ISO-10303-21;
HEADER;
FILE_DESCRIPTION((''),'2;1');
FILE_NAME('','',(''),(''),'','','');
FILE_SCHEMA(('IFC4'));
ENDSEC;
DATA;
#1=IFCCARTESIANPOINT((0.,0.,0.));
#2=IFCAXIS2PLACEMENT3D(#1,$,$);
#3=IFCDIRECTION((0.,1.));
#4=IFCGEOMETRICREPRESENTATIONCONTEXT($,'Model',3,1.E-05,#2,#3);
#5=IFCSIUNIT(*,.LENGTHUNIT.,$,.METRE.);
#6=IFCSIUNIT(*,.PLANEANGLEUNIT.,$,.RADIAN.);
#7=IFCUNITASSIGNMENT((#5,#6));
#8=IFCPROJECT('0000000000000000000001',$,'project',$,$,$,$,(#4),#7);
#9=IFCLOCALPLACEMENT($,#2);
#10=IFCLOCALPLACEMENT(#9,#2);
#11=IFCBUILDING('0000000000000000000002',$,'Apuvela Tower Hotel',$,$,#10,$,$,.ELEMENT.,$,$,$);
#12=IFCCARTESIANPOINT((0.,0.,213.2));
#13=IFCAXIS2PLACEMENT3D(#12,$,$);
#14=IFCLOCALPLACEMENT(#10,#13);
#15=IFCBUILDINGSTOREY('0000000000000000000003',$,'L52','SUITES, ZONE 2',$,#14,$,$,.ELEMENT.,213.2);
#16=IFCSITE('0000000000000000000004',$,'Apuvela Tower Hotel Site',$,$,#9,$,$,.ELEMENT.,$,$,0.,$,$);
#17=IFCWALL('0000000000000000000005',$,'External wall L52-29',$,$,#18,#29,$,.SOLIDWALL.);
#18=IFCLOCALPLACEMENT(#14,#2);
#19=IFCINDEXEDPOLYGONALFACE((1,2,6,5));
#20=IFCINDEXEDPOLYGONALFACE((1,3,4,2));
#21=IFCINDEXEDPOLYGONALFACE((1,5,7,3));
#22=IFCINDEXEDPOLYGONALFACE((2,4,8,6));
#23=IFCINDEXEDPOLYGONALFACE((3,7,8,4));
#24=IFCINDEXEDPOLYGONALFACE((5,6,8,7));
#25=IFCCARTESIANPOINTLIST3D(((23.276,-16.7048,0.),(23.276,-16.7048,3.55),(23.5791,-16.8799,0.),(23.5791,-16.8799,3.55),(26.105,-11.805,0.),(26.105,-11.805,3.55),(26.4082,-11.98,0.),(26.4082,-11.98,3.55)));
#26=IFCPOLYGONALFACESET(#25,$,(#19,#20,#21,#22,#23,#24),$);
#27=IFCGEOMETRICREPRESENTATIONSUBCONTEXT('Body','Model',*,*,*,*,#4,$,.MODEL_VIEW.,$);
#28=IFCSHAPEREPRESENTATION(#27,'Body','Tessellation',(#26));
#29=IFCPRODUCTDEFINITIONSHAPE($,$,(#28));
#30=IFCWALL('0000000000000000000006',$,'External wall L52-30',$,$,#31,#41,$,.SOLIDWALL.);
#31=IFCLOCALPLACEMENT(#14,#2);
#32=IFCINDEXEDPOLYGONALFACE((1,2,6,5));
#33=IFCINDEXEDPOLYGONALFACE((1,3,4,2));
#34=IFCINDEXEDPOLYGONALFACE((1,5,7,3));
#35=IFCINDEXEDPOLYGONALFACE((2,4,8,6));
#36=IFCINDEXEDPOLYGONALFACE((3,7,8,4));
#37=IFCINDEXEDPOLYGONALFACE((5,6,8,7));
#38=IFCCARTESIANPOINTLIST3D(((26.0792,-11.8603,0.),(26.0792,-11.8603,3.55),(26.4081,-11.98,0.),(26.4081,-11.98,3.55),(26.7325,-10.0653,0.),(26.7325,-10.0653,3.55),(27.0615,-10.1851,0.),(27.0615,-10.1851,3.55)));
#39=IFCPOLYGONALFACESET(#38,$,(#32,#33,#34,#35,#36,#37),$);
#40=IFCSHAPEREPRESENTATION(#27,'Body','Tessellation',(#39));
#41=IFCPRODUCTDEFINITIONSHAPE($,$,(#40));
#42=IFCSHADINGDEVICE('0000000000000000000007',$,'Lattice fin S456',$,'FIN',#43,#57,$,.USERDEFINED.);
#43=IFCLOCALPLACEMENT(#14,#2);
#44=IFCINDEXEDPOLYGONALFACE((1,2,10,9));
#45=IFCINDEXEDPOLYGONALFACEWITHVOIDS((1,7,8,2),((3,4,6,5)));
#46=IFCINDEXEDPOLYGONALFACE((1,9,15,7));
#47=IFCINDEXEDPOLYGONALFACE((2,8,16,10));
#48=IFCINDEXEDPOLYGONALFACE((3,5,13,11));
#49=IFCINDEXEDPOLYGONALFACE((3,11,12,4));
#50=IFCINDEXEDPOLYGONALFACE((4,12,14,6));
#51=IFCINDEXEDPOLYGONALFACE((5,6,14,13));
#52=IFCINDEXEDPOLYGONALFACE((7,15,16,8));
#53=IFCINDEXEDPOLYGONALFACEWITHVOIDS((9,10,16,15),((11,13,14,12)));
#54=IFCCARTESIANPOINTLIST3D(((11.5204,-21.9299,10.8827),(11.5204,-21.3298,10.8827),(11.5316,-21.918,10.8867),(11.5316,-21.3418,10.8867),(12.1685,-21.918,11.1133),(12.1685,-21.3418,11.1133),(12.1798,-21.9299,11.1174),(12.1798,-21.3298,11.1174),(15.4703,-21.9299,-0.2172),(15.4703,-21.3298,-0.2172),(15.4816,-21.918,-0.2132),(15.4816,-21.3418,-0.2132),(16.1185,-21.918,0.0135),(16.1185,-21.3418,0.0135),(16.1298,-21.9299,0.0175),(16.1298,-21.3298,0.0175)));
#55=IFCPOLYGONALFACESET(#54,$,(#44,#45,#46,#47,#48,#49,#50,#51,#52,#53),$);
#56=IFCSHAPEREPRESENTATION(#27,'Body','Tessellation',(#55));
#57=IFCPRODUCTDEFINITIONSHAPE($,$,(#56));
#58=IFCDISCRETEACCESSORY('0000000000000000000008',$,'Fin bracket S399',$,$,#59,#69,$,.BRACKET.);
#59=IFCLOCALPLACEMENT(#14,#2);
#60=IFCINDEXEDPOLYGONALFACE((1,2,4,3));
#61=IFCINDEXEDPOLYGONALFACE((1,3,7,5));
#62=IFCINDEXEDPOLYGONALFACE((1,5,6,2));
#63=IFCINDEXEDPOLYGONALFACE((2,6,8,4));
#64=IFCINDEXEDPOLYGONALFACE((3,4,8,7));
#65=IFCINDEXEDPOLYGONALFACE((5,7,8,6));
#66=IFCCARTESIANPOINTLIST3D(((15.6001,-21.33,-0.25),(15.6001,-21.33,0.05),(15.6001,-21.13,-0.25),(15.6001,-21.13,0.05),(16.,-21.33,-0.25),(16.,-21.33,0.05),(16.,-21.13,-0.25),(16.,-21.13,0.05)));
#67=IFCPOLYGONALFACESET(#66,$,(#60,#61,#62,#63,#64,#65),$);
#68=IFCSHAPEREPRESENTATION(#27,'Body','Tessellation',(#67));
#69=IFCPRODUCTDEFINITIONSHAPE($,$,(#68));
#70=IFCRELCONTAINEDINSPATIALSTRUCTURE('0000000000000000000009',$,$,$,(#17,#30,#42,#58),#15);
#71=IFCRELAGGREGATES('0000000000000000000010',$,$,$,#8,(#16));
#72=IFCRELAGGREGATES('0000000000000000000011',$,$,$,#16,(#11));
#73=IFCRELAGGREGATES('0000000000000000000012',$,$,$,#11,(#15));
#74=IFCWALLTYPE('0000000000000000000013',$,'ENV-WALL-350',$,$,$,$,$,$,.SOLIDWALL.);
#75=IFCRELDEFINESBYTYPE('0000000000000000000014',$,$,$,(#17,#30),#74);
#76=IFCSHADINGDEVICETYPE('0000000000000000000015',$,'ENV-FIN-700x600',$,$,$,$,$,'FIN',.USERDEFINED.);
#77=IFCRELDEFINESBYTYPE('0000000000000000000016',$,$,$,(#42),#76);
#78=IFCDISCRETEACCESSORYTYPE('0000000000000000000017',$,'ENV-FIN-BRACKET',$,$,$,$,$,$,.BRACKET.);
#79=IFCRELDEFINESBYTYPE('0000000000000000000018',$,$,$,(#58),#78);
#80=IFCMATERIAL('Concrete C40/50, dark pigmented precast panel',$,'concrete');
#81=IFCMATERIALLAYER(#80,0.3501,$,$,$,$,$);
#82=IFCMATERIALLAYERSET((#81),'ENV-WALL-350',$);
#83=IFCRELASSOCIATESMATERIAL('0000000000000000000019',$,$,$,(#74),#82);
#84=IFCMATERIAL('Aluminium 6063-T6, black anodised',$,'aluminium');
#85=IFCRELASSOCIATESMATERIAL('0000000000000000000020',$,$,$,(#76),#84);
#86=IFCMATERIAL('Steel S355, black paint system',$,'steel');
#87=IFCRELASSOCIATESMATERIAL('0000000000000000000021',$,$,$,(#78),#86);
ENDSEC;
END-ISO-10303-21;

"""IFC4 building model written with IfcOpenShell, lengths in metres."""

from ifc_helpers import new_model, si_unit, direction, frame, frame_2d, origin, origin_2d, place, context, subcontext, project, spatial, rectangle, hollow_rectangle, extrude, material, layer, layer_set, material_profile, profile_set, type_object, element, save


model = new_model("IFC4")

# Units and contexts
model_context = context("Model", 3, precision=1e-05, world=origin(), true_north=direction((0.0, 1.0)))
body_context = subcontext(model_context, "Body", "Model", "MODEL_VIEW")
ifc_project = project(units=[si_unit("LENGTHUNIT", "METRE"), si_unit("PLANEANGLEUNIT", "RADIAN")], contexts=[model_context])

# Site, building, storey
site_placement = place(None, origin())
site = spatial("IfcSite", under=ifc_project, at=site_placement, Name="Apuvela Tower Hotel Site", CompositionType="ELEMENT", RefElevation=0.0)
building_placement = place(site_placement, origin())
building = spatial("IfcBuilding", under=site, at=building_placement, Name="Apuvela Tower Hotel", CompositionType="ELEMENT")
storey_placement = place(building_placement, frame((0.0, 0.0, 213.2)))
storey = spatial("IfcBuildingStorey", under=building, at=storey_placement, Name="L52", Description="SUITES, ZONE 2", CompositionType="ELEMENT", Elevation=213.2)

# Shared definitions
ifc_material_1 = material(Name="Concrete C40/50, dark pigmented precast panel", Category="concrete")
ifc_layer_1 = layer(ifc_material_1, 0.3501)
ifc_layer_set_1 = layer_set([ifc_layer_1], Name="ENV-WALL-350")
wall_type_1 = type_object("IfcWallType", Name="ENV-WALL-350", PredefinedType="SOLIDWALL", material=ifc_layer_set_1)

# Walls
wall_1_placement = place(storey_placement, frame((23.4275, -16.7925, 0.0), z_axis=(0.0, 0.0, 1.0), x_axis=(0.500019, 0.866015, 0.0)))
element("IfcWall", 1, at=wall_1_placement, inside=storey, type_object=wall_type_1, Name="External wall L52-29", PredefinedType="SOLIDWALL", context=body_context, shape_type="SweptSolid", body=[
    extrude(rectangle(XDim=5.658, YDim=0.3501, at=frame_2d((2.8291, 0.0))), origin(), (0.0, 0.0, 1.0), 3.55),
])
wall_2_placement = place(storey_placement, frame((26.2437, -11.9202, 0.0), z_axis=(0.0, 0.0, 1.0), x_axis=(0.34203, 0.939689, 0.0)))
element("IfcWall", 2, at=wall_2_placement, inside=storey, type_object=wall_type_1, Name="External wall L52-30", PredefinedType="SOLIDWALL", context=body_context, shape_type="SweptSolid", body=[
    extrude(rectangle(XDim=1.9102, YDim=0.3501, at=frame_2d((0.9551, 0.0))), origin(), (0.0, 0.0, 1.0), 3.55),
])

# Shading device
ifc_material_2 = material(Name="Aluminium 6063-T6, black anodised", Category="aluminium")
ifc_material_profile_1 = material_profile(ifc_material_2, hollow_rectangle(XDim=0.6001, YDim=0.7, WallThickness=0.012, at=origin_2d()), Name="AL BOX 700x600x12")
ifc_profile_set_1 = profile_set([ifc_material_profile_1], Name="Aluminium 6063-T6, black anodised")
shading_device_type = type_object("IfcShadingDeviceType", Name="ENV-FIN-700x600", ElementType="FIN", PredefinedType="USERDEFINED", material=ifc_profile_set_1)
shading_device_placement = place(storey_placement, frame((15.8, -21.6299, -0.0999), z_axis=(-0.335261, 0.0, 0.942125), x_axis=(0.0, -1.0, 0.0)))
element("IfcShadingDevice", 3, at=shading_device_placement, inside=storey, type_object=shading_device_type, Name="Lattice fin S456", ObjectType="FIN", PredefinedType="USERDEFINED", context=body_context, shape_type="SweptSolid", body=[
    extrude(hollow_rectangle(XDim=0.6001, YDim=0.7, WallThickness=0.012, at=origin_2d()), origin(), (0.0, 0.0, 1.0), 11.7817),
])

# Discrete accessory
ifc_material_3 = material(Name="Steel S355, black paint system", Category="steel")
discrete_accessory_type = type_object("IfcDiscreteAccessoryType", Name="ENV-FIN-BRACKET", PredefinedType="BRACKET", material=ifc_material_3)
discrete_accessory_placement = place(storey_placement, frame((15.8, -21.23, -0.25), z_axis=(0.0, 0.0, 1.0), x_axis=(1.0, 0.0, 0.0)))
element("IfcDiscreteAccessory", 4, at=discrete_accessory_placement, inside=storey, type_object=discrete_accessory_type, Name="Fin bracket S399", PredefinedType="BRACKET", context=body_context, shape_type="SweptSolid", body=[
    extrude(rectangle(XDim=0.3999, YDim=0.2, at=origin_2d()), origin(), (0.0, 0.0, 1.0), 0.3),
])

save(model, "model.ifc")
